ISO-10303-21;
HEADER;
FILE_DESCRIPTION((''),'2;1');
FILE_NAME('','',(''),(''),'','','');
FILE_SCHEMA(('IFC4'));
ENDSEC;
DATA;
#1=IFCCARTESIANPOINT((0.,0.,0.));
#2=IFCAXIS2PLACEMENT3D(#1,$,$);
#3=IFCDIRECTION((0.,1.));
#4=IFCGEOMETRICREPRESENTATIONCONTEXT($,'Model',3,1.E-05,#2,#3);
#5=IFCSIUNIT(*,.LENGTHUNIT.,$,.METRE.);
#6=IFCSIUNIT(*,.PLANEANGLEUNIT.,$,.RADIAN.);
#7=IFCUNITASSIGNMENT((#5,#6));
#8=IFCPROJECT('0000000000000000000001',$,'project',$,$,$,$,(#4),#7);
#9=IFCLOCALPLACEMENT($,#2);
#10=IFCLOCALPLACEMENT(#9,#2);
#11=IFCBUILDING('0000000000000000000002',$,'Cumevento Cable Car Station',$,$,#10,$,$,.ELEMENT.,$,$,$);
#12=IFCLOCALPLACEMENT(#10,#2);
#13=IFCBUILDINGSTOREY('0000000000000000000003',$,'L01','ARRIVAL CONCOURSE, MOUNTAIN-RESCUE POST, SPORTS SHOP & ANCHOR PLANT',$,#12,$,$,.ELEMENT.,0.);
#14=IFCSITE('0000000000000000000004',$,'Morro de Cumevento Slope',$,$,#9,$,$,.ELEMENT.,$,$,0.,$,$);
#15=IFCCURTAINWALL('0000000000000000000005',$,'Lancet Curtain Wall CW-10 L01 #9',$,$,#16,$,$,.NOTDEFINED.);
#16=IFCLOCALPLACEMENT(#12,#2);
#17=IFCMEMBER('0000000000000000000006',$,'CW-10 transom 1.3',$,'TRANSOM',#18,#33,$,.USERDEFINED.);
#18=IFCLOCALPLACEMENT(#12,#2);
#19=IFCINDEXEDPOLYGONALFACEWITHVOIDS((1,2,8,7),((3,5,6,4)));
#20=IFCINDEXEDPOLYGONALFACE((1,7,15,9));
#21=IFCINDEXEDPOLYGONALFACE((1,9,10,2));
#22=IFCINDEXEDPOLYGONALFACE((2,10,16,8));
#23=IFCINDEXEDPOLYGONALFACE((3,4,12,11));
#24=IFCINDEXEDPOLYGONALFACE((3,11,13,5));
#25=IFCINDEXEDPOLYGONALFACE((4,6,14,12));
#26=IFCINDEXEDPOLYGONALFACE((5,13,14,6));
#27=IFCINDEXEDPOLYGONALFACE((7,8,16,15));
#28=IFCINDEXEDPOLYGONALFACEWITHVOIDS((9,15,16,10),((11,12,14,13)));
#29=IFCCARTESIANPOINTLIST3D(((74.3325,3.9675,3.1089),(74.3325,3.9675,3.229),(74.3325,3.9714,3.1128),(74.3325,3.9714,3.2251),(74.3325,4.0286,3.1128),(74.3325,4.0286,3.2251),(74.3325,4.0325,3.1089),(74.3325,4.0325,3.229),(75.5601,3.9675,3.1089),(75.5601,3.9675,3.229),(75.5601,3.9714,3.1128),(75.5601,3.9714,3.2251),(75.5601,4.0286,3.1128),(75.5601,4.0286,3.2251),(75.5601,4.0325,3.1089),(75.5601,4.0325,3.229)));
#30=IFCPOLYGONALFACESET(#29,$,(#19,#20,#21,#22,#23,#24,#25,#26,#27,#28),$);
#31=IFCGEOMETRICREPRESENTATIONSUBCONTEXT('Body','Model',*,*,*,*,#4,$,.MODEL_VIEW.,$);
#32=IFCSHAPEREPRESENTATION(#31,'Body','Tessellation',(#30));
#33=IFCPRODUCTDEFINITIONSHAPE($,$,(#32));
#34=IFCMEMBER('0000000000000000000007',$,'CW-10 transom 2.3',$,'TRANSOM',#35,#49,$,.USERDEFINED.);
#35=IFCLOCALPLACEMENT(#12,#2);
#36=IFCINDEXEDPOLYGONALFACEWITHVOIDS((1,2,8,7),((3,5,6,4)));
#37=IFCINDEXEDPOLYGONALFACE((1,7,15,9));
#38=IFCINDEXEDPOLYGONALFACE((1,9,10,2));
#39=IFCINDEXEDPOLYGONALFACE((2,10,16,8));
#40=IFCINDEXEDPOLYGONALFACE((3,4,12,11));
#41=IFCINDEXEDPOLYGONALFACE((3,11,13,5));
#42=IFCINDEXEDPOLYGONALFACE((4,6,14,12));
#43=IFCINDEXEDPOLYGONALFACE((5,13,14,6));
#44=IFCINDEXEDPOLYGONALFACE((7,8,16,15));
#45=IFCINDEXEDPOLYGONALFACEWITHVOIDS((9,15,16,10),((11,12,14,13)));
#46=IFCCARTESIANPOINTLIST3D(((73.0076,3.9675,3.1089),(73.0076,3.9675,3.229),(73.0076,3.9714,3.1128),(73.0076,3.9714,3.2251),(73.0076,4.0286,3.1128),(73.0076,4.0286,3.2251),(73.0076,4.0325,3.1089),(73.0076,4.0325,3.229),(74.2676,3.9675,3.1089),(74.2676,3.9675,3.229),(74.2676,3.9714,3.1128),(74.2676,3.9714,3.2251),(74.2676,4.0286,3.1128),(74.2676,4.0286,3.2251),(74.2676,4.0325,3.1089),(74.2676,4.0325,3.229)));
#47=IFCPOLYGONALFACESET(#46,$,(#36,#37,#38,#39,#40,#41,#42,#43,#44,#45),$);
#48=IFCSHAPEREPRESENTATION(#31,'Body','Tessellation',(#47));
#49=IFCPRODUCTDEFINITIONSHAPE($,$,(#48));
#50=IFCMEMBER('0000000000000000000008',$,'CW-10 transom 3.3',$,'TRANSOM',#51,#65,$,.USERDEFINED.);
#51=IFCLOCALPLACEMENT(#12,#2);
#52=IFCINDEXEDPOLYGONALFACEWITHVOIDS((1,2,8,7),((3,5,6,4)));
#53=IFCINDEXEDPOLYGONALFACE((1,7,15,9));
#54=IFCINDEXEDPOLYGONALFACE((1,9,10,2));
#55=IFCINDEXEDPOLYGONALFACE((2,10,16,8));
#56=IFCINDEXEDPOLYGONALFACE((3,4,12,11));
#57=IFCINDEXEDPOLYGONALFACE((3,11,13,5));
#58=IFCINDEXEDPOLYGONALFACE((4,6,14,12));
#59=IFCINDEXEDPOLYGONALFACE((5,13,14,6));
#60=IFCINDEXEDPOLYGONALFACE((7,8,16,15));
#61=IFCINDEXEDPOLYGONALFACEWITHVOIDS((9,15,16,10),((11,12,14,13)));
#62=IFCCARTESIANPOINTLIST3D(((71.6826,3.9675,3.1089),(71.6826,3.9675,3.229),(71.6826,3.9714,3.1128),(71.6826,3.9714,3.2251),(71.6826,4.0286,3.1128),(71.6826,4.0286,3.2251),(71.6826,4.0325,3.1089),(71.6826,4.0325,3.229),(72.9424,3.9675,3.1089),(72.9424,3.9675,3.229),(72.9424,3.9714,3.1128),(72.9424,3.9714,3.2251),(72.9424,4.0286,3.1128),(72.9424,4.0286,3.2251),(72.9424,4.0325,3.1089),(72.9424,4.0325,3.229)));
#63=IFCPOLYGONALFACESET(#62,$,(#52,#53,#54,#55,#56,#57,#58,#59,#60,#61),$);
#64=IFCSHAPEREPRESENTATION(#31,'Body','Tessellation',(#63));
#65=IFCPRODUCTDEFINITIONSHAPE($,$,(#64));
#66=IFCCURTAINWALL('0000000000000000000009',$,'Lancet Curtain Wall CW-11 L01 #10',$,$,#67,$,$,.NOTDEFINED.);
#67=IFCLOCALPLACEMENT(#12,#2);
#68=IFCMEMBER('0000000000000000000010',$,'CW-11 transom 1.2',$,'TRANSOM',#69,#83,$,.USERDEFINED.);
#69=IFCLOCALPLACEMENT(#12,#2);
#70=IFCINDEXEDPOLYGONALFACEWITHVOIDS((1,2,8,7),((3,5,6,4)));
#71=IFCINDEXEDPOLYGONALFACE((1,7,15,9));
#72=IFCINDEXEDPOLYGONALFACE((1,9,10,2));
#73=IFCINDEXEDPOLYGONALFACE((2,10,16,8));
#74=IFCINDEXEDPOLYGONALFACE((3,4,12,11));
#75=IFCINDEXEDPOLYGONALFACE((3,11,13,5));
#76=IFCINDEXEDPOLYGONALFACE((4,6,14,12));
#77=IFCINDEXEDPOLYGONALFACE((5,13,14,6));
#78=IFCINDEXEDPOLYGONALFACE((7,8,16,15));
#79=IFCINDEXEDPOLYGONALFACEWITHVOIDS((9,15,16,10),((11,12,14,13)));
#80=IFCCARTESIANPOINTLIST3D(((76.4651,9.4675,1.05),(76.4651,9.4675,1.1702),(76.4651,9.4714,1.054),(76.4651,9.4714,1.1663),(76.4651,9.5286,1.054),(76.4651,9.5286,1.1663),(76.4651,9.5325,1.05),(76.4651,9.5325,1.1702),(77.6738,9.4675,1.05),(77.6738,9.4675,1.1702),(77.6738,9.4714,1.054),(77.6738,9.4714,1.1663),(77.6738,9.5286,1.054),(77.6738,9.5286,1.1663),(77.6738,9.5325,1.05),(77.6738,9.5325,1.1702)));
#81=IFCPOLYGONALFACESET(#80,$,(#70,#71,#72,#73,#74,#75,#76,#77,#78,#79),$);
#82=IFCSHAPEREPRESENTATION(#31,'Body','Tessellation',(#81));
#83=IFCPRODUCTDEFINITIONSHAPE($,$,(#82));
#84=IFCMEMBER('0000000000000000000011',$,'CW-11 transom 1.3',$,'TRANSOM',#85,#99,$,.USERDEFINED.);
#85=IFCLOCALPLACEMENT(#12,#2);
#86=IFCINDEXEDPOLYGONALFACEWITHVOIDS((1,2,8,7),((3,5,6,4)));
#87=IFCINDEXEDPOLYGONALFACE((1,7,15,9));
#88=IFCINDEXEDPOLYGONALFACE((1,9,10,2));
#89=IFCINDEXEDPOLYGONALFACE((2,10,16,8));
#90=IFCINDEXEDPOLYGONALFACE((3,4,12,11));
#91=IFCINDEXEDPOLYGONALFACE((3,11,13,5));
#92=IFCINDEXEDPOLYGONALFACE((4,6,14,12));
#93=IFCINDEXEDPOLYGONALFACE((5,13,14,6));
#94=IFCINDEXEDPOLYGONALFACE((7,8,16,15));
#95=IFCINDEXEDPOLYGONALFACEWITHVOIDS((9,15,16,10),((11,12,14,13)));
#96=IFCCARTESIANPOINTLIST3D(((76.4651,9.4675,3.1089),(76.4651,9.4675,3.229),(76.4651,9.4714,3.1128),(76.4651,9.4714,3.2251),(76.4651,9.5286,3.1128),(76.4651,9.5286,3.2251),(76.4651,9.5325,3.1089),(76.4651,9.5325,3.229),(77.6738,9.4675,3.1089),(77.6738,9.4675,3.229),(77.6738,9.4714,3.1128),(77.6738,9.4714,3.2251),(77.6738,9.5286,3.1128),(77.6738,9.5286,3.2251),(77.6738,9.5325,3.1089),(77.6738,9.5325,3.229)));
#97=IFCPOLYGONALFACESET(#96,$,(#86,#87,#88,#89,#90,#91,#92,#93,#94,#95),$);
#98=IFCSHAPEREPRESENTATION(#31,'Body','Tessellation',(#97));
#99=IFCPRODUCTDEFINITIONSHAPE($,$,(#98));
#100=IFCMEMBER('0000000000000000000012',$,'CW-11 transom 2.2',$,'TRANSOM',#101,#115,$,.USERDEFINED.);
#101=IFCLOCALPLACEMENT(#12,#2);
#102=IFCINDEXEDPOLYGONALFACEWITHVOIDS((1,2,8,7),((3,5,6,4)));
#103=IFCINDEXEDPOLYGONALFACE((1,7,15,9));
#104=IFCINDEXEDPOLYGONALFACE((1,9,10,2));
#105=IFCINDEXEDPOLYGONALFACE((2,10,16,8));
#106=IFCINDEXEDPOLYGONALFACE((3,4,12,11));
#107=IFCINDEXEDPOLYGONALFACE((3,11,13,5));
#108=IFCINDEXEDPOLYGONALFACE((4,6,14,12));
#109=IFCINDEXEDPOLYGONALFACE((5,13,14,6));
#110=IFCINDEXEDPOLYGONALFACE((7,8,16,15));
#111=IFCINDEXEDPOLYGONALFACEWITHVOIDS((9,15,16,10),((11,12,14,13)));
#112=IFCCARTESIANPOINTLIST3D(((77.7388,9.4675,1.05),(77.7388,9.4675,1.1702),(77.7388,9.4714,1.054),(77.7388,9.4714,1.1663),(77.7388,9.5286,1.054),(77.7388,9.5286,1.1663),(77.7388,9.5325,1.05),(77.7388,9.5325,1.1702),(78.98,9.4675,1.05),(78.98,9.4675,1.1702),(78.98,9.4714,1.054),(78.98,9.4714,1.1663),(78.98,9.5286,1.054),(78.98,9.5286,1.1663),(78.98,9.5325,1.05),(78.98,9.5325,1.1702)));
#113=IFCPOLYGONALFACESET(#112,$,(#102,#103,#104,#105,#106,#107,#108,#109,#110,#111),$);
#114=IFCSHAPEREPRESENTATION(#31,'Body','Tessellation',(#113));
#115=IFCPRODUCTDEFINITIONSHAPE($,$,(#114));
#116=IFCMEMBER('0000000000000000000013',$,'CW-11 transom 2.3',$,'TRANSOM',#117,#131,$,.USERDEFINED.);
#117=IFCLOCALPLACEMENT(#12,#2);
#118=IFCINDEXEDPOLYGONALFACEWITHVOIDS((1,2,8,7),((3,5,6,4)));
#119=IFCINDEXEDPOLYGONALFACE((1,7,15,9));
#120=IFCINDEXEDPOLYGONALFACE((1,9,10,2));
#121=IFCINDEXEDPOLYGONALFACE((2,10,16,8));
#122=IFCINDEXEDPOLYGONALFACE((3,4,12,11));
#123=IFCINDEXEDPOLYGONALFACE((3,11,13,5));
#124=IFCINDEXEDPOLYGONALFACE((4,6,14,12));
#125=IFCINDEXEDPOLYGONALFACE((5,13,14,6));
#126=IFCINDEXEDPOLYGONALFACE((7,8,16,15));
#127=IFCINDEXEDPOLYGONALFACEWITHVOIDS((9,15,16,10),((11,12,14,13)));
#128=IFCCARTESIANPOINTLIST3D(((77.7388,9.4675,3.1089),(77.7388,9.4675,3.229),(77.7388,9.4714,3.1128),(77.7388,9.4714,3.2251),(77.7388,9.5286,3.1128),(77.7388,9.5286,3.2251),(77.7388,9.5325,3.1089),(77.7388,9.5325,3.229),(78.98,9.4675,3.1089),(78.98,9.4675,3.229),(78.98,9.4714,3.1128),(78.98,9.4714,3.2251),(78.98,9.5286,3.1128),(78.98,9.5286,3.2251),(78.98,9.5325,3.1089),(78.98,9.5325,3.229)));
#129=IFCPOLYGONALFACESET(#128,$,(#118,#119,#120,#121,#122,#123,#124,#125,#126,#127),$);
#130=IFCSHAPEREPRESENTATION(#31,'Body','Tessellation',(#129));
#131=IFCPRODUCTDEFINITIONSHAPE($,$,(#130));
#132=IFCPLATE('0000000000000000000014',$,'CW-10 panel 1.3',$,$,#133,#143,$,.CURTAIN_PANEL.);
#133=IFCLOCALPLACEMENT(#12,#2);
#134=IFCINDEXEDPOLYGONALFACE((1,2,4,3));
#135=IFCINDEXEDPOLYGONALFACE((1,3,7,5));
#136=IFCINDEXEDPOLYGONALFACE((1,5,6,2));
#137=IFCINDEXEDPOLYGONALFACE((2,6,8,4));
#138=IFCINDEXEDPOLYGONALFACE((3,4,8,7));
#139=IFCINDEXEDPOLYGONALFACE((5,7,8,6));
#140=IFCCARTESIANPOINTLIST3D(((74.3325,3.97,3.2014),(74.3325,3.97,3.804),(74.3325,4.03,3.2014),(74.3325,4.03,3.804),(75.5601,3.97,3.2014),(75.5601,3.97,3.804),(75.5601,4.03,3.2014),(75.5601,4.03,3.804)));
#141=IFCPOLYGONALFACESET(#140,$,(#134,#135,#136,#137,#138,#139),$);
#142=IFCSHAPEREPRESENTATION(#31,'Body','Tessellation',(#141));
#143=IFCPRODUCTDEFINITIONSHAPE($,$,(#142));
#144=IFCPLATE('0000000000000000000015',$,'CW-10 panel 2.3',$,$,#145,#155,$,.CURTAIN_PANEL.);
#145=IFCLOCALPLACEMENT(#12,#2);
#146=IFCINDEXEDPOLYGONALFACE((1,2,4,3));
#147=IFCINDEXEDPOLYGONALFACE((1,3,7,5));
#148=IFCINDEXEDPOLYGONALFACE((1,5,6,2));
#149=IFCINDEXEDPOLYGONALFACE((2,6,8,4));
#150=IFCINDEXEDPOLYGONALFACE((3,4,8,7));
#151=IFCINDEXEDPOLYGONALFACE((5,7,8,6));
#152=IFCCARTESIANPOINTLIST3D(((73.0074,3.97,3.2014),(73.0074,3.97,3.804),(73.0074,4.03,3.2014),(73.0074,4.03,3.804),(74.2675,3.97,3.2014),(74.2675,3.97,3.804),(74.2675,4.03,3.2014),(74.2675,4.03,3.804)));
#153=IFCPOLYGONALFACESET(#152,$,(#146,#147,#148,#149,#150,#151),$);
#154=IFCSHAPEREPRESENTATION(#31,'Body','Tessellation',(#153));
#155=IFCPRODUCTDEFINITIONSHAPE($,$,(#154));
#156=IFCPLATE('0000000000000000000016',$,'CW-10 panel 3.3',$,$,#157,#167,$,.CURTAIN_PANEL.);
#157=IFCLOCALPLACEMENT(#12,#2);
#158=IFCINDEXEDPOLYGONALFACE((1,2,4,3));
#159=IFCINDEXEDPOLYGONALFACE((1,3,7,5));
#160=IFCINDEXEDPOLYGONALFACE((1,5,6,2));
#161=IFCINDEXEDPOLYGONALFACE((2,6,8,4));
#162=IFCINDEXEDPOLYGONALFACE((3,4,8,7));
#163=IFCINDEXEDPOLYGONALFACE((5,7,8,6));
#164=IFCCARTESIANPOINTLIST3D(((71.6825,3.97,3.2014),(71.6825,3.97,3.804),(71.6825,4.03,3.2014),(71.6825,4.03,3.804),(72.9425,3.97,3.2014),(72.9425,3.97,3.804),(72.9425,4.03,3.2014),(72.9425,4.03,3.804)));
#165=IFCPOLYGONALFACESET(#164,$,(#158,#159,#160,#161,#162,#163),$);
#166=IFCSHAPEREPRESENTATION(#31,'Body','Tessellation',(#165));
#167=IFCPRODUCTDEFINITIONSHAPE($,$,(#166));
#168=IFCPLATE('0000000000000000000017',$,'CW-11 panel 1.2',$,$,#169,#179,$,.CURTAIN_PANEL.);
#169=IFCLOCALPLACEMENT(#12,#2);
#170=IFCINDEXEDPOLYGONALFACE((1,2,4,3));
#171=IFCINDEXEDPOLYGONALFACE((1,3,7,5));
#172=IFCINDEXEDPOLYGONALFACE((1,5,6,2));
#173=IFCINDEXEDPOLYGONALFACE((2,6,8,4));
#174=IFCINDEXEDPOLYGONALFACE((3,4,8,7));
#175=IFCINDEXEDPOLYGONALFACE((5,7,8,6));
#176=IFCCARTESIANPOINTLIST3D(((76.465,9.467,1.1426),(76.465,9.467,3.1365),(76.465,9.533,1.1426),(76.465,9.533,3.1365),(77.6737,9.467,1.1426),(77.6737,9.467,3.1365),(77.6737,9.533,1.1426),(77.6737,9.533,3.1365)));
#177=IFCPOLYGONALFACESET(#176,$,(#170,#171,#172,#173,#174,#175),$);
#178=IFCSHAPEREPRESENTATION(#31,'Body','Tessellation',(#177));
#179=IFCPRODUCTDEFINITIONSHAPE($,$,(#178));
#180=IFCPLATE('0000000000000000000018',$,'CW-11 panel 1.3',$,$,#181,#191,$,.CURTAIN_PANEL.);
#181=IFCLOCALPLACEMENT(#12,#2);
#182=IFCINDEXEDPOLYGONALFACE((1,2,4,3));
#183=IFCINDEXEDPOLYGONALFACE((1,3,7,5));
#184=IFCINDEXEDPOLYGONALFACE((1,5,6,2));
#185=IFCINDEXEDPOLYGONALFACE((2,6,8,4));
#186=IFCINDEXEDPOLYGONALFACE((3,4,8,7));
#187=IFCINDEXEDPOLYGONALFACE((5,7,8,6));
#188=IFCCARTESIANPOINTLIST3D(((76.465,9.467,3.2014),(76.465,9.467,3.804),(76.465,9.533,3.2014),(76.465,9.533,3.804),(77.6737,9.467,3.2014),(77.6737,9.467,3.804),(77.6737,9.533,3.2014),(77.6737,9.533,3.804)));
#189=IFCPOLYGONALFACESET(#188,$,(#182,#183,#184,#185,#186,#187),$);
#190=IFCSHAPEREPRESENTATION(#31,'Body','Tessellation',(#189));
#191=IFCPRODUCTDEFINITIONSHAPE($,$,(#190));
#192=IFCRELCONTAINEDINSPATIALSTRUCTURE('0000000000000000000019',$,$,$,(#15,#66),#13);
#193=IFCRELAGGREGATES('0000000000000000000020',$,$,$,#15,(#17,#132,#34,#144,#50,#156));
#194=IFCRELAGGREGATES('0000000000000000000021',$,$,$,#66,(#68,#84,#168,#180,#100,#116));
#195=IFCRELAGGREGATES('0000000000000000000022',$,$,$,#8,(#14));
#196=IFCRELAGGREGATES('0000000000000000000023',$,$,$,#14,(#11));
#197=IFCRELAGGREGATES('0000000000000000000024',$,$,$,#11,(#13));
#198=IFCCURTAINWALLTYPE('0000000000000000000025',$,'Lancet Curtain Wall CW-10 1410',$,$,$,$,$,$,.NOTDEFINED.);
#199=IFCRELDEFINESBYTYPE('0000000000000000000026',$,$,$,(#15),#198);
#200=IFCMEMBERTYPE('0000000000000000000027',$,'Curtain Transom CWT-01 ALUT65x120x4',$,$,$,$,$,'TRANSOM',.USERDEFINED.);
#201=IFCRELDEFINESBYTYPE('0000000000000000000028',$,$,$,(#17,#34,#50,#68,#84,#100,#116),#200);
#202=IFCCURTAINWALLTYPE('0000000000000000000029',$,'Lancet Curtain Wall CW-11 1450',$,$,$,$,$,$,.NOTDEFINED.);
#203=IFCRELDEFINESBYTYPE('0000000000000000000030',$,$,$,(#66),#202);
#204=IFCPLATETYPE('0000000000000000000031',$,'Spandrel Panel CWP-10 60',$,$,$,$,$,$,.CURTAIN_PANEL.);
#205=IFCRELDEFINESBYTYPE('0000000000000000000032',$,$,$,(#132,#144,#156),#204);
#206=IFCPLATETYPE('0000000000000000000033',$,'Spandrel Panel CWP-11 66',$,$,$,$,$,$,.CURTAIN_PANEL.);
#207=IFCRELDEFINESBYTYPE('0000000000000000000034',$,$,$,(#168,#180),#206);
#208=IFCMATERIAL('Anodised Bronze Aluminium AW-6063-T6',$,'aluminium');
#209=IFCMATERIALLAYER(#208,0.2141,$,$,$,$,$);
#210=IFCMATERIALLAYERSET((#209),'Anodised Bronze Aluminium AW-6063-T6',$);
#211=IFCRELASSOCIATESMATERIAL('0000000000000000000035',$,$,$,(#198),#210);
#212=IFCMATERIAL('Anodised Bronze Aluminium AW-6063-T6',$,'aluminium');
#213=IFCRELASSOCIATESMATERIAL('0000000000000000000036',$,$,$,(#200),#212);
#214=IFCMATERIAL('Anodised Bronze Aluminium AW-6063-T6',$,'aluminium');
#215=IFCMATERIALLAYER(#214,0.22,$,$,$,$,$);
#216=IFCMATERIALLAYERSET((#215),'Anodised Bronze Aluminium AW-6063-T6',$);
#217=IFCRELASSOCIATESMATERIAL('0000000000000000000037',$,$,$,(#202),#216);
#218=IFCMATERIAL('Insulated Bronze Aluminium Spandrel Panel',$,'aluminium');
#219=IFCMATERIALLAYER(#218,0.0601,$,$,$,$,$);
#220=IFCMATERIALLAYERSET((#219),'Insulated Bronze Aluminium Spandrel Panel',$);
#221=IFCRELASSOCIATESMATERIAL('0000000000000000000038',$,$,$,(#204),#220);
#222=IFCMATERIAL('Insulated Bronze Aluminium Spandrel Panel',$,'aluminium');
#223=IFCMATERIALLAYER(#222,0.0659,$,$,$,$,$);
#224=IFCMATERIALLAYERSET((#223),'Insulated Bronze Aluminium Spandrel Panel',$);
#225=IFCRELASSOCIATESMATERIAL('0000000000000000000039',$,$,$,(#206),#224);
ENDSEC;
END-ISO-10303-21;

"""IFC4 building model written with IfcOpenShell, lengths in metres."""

from ifc_helpers import new_model, si_unit, direction, frame, origin, origin_2d, place, context, subcontext, project, spatial, rectangle, hollow_rectangle, extrude, material, layer, layer_set, material_profile, profile_set, type_object, element, aggregate, save


model = new_model("IFC4")

# Units and contexts
model_context = context("Model", 3, precision=1e-05, world=origin(), true_north=direction((0.0, 1.0)))
body_context = subcontext(model_context, "Body", "Model", "MODEL_VIEW")
ifc_project = project(units=[si_unit("LENGTHUNIT", "METRE"), si_unit("PLANEANGLEUNIT", "RADIAN")], contexts=[model_context])

# Site, building, storey
site_placement = place(None, origin())
site = spatial("IfcSite", under=ifc_project, at=site_placement, Name="Morro de Cumevento Slope", CompositionType="ELEMENT", RefElevation=0.0)
building_placement = place(site_placement, origin())
building = spatial("IfcBuilding", under=site, at=building_placement, Name="Cumevento Cable Car Station", CompositionType="ELEMENT")
storey_placement = place(building_placement, origin())
storey = spatial("IfcBuildingStorey", under=building, at=storey_placement, Name="L01", Description="ARRIVAL CONCOURSE, MOUNTAIN-RESCUE POST, SPORTS SHOP & ANCHOR PLANT", CompositionType="ELEMENT", Elevation=0.0)

# Curtain walls, members
ifc_material_1 = material(Name="Anodised Bronze Aluminium AW-6063-T6", Category="aluminium")
ifc_layer_1 = layer(ifc_material_1, 0.2141)
ifc_layer_set_1 = layer_set([ifc_layer_1], Name="Anodised Bronze Aluminium AW-6063-T6")
curtain_wall_type_1 = type_object("IfcCurtainWallType", Name="Lancet Curtain Wall CW-10 1410", PredefinedType="NOTDEFINED", material=ifc_layer_set_1)
curtain_wall_1_placement = place(storey_placement, origin())
curtain_wall_1 = element("IfcCurtainWall", 1, at=curtain_wall_1_placement, inside=storey, type_object=curtain_wall_type_1, Name="Lancet Curtain Wall CW-10 L01 #9", PredefinedType="NOTDEFINED")
ifc_material_2 = material(Name="Anodised Bronze Aluminium AW-6063-T6", Category="aluminium")
ifc_material_profile = material_profile(ifc_material_2, hollow_rectangle(XDim=0.0649, YDim=0.1201, WallThickness=0.0039, at=origin_2d()), Name="ALUT65x120x4")
ifc_profile_set = profile_set([ifc_material_profile], Name="Anodised Bronze Aluminium AW-6063-T6")
member_type = type_object("IfcMemberType", Name="Curtain Transom CWT-01 ALUT65x120x4", ElementType="TRANSOM", PredefinedType="USERDEFINED", material=ifc_profile_set)
member_1_placement = place(storey_placement, frame((75.5601, 4.0, 3.1689), z_axis=(-1.0, 0.0, 0.0), x_axis=(0.0, -1.0, 0.0)))
member_1 = element("IfcMember", 2, at=member_1_placement, type_object=member_type, Name="CW-10 transom 1.3", ObjectType="TRANSOM", PredefinedType="USERDEFINED", context=body_context, shape_type="SweptSolid", body=[
    extrude(hollow_rectangle(XDim=0.0649, YDim=0.1201, WallThickness=0.0039, at=origin_2d()), origin(), (0.0, 0.0, 1.0), 1.2275),
])
member_2_placement = place(storey_placement, frame((74.2676, 4.0, 3.1689), z_axis=(-1.0, 0.0, 0.0), x_axis=(0.0, -1.0, 0.0)))
member_2 = element("IfcMember", 3, at=member_2_placement, type_object=member_type, Name="CW-10 transom 2.3", ObjectType="TRANSOM", PredefinedType="USERDEFINED", context=body_context, shape_type="SweptSolid", body=[
    extrude(hollow_rectangle(XDim=0.0649, YDim=0.1201, WallThickness=0.0039, at=origin_2d()), origin(), (0.0, 0.0, 1.0), 1.26),
])
member_3_placement = place(storey_placement, frame((72.9424, 4.0, 3.1689), z_axis=(-1.0, 0.0, 0.0), x_axis=(0.0, -1.0, 0.0)))
member_3 = element("IfcMember", 4, at=member_3_placement, type_object=member_type, Name="CW-10 transom 3.3", ObjectType="TRANSOM", PredefinedType="USERDEFINED", context=body_context, shape_type="SweptSolid", body=[
    extrude(hollow_rectangle(XDim=0.0649, YDim=0.1201, WallThickness=0.0039, at=origin_2d()), origin(), (0.0, 0.0, 1.0), 1.2598),
])
ifc_material_3 = material(Name="Anodised Bronze Aluminium AW-6063-T6", Category="aluminium")
ifc_layer_2 = layer(ifc_material_3, 0.22)
ifc_layer_set_2 = layer_set([ifc_layer_2], Name="Anodised Bronze Aluminium AW-6063-T6")
curtain_wall_type_2 = type_object("IfcCurtainWallType", Name="Lancet Curtain Wall CW-11 1450", PredefinedType="NOTDEFINED", material=ifc_layer_set_2)
curtain_wall_2_placement = place(storey_placement, origin())
curtain_wall_2 = element("IfcCurtainWall", 5, at=curtain_wall_2_placement, inside=storey, type_object=curtain_wall_type_2, Name="Lancet Curtain Wall CW-11 L01 #10", PredefinedType="NOTDEFINED")
member_4_placement = place(storey_placement, frame((76.4651, 9.5, 1.1101), z_axis=(1.0, 0.0, 0.0), x_axis=(0.0, 1.0, 0.0)))
member_4 = element("IfcMember", 6, at=member_4_placement, type_object=member_type, Name="CW-11 transom 1.2", ObjectType="TRANSOM", PredefinedType="USERDEFINED", context=body_context, shape_type="SweptSolid", body=[
    extrude(hollow_rectangle(XDim=0.0649, YDim=0.1201, WallThickness=0.0039, at=origin_2d()), origin(), (0.0, 0.0, 1.0), 1.2087),
])
member_5_placement = place(storey_placement, frame((76.4651, 9.5, 3.1689), z_axis=(1.0, 0.0, 0.0), x_axis=(0.0, 1.0, 0.0)))
member_5 = element("IfcMember", 7, at=member_5_placement, type_object=member_type, Name="CW-11 transom 1.3", ObjectType="TRANSOM", PredefinedType="USERDEFINED", context=body_context, shape_type="SweptSolid", body=[
    extrude(hollow_rectangle(XDim=0.0649, YDim=0.1201, WallThickness=0.0039, at=origin_2d()), origin(), (0.0, 0.0, 1.0), 1.2087),
])
member_6_placement = place(storey_placement, frame((77.7388, 9.5, 1.1101), z_axis=(1.0, 0.0, 0.0), x_axis=(0.0, 1.0, 0.0)))
member_6 = element("IfcMember", 8, at=member_6_placement, type_object=member_type, Name="CW-11 transom 2.2", ObjectType="TRANSOM", PredefinedType="USERDEFINED", context=body_context, shape_type="SweptSolid", body=[
    extrude(hollow_rectangle(XDim=0.0649, YDim=0.1201, WallThickness=0.0039, at=origin_2d()), origin(), (0.0, 0.0, 1.0), 1.2412),
])
member_7_placement = place(storey_placement, frame((77.7388, 9.5, 3.1689), z_axis=(1.0, 0.0, 0.0), x_axis=(0.0, 1.0, 0.0)))
member_7 = element("IfcMember", 9, at=member_7_placement, type_object=member_type, Name="CW-11 transom 2.3", ObjectType="TRANSOM", PredefinedType="USERDEFINED", context=body_context, shape_type="SweptSolid", body=[
    extrude(hollow_rectangle(XDim=0.0649, YDim=0.1201, WallThickness=0.0039, at=origin_2d()), origin(), (0.0, 0.0, 1.0), 1.2412),
])

# Plates
ifc_material_4 = material(Name="Insulated Bronze Aluminium Spandrel Panel", Category="aluminium")
ifc_layer_3 = layer(ifc_material_4, 0.0601)
ifc_layer_set_3 = layer_set([ifc_layer_3], Name="Insulated Bronze Aluminium Spandrel Panel")
plate_type_1 = type_object("IfcPlateType", Name="Spandrel Panel CWP-10 60", PredefinedType="CURTAIN_PANEL", material=ifc_layer_set_3)
plate_1_placement = place(storey_placement, frame((74.9463, 4.0, 3.2014), z_axis=(0.0, 0.0, 1.0), x_axis=(-1.0, 0.0, 0.0)))
plate_1 = element("IfcPlate", 10, at=plate_1_placement, type_object=plate_type_1, Name="CW-10 panel 1.3", PredefinedType="CURTAIN_PANEL", context=body_context, shape_type="SweptSolid", body=[
    extrude(rectangle(XDim=1.2275, YDim=0.0601, at=origin_2d()), origin(), (0.0, 0.0, 1.0), 0.6025),
])
plate_2_placement = place(storey_placement, frame((73.6375, 4.0, 3.2014), z_axis=(0.0, 0.0, 1.0), x_axis=(-1.0, 0.0, 0.0)))
plate_2 = element("IfcPlate", 11, at=plate_2_placement, type_object=plate_type_1, Name="CW-10 panel 2.3", PredefinedType="CURTAIN_PANEL", context=body_context, shape_type="SweptSolid", body=[
    extrude(rectangle(XDim=1.26, YDim=0.0601, at=origin_2d()), origin(), (0.0, 0.0, 1.0), 0.6025),
])
plate_3_placement = place(storey_placement, frame((72.3125, 4.0, 3.2014), z_axis=(0.0, 0.0, 1.0), x_axis=(-1.0, 0.0, 0.0)))
plate_3 = element("IfcPlate", 12, at=plate_3_placement, type_object=plate_type_1, Name="CW-10 panel 3.3", PredefinedType="CURTAIN_PANEL", context=body_context, shape_type="SweptSolid", body=[
    extrude(rectangle(XDim=1.26, YDim=0.0601, at=origin_2d()), origin(), (0.0, 0.0, 1.0), 0.6025),
])
aggregate(curtain_wall_1, [member_1, plate_1, member_2, plate_2, member_3, plate_3])
ifc_material_5 = material(Name="Insulated Bronze Aluminium Spandrel Panel", Category="aluminium")
ifc_layer_4 = layer(ifc_material_5, 0.0659)
ifc_layer_set_4 = layer_set([ifc_layer_4], Name="Insulated Bronze Aluminium Spandrel Panel")
plate_type_2 = type_object("IfcPlateType", Name="Spandrel Panel CWP-11 66", PredefinedType="CURTAIN_PANEL", material=ifc_layer_set_4)
plate_4_placement = place(storey_placement, frame((77.0693, 9.5, 1.1426), z_axis=(0.0, 0.0, 1.0), x_axis=(1.0, 0.0, 0.0)))
plate_4 = element("IfcPlate", 13, at=plate_4_placement, type_object=plate_type_2, Name="CW-11 panel 1.2", PredefinedType="CURTAIN_PANEL", context=body_context, shape_type="SweptSolid", body=[
    extrude(rectangle(XDim=1.2087, YDim=0.0659, at=origin_2d()), origin(), (0.0, 0.0, 1.0), 1.9939),
])
plate_5_placement = place(storey_placement, frame((77.0693, 9.5, 3.2014), z_axis=(0.0, 0.0, 1.0), x_axis=(1.0, 0.0, 0.0)))
plate_5 = element("IfcPlate", 14, at=plate_5_placement, type_object=plate_type_2, Name="CW-11 panel 1.3", PredefinedType="CURTAIN_PANEL", context=body_context, shape_type="SweptSolid", body=[
    extrude(rectangle(XDim=1.2087, YDim=0.0659, at=origin_2d()), origin(), (0.0, 0.0, 1.0), 0.6025),
])
aggregate(curtain_wall_2, [member_4, member_5, plate_4, plate_5, member_6, member_7])

save(model, "model.ifc")
